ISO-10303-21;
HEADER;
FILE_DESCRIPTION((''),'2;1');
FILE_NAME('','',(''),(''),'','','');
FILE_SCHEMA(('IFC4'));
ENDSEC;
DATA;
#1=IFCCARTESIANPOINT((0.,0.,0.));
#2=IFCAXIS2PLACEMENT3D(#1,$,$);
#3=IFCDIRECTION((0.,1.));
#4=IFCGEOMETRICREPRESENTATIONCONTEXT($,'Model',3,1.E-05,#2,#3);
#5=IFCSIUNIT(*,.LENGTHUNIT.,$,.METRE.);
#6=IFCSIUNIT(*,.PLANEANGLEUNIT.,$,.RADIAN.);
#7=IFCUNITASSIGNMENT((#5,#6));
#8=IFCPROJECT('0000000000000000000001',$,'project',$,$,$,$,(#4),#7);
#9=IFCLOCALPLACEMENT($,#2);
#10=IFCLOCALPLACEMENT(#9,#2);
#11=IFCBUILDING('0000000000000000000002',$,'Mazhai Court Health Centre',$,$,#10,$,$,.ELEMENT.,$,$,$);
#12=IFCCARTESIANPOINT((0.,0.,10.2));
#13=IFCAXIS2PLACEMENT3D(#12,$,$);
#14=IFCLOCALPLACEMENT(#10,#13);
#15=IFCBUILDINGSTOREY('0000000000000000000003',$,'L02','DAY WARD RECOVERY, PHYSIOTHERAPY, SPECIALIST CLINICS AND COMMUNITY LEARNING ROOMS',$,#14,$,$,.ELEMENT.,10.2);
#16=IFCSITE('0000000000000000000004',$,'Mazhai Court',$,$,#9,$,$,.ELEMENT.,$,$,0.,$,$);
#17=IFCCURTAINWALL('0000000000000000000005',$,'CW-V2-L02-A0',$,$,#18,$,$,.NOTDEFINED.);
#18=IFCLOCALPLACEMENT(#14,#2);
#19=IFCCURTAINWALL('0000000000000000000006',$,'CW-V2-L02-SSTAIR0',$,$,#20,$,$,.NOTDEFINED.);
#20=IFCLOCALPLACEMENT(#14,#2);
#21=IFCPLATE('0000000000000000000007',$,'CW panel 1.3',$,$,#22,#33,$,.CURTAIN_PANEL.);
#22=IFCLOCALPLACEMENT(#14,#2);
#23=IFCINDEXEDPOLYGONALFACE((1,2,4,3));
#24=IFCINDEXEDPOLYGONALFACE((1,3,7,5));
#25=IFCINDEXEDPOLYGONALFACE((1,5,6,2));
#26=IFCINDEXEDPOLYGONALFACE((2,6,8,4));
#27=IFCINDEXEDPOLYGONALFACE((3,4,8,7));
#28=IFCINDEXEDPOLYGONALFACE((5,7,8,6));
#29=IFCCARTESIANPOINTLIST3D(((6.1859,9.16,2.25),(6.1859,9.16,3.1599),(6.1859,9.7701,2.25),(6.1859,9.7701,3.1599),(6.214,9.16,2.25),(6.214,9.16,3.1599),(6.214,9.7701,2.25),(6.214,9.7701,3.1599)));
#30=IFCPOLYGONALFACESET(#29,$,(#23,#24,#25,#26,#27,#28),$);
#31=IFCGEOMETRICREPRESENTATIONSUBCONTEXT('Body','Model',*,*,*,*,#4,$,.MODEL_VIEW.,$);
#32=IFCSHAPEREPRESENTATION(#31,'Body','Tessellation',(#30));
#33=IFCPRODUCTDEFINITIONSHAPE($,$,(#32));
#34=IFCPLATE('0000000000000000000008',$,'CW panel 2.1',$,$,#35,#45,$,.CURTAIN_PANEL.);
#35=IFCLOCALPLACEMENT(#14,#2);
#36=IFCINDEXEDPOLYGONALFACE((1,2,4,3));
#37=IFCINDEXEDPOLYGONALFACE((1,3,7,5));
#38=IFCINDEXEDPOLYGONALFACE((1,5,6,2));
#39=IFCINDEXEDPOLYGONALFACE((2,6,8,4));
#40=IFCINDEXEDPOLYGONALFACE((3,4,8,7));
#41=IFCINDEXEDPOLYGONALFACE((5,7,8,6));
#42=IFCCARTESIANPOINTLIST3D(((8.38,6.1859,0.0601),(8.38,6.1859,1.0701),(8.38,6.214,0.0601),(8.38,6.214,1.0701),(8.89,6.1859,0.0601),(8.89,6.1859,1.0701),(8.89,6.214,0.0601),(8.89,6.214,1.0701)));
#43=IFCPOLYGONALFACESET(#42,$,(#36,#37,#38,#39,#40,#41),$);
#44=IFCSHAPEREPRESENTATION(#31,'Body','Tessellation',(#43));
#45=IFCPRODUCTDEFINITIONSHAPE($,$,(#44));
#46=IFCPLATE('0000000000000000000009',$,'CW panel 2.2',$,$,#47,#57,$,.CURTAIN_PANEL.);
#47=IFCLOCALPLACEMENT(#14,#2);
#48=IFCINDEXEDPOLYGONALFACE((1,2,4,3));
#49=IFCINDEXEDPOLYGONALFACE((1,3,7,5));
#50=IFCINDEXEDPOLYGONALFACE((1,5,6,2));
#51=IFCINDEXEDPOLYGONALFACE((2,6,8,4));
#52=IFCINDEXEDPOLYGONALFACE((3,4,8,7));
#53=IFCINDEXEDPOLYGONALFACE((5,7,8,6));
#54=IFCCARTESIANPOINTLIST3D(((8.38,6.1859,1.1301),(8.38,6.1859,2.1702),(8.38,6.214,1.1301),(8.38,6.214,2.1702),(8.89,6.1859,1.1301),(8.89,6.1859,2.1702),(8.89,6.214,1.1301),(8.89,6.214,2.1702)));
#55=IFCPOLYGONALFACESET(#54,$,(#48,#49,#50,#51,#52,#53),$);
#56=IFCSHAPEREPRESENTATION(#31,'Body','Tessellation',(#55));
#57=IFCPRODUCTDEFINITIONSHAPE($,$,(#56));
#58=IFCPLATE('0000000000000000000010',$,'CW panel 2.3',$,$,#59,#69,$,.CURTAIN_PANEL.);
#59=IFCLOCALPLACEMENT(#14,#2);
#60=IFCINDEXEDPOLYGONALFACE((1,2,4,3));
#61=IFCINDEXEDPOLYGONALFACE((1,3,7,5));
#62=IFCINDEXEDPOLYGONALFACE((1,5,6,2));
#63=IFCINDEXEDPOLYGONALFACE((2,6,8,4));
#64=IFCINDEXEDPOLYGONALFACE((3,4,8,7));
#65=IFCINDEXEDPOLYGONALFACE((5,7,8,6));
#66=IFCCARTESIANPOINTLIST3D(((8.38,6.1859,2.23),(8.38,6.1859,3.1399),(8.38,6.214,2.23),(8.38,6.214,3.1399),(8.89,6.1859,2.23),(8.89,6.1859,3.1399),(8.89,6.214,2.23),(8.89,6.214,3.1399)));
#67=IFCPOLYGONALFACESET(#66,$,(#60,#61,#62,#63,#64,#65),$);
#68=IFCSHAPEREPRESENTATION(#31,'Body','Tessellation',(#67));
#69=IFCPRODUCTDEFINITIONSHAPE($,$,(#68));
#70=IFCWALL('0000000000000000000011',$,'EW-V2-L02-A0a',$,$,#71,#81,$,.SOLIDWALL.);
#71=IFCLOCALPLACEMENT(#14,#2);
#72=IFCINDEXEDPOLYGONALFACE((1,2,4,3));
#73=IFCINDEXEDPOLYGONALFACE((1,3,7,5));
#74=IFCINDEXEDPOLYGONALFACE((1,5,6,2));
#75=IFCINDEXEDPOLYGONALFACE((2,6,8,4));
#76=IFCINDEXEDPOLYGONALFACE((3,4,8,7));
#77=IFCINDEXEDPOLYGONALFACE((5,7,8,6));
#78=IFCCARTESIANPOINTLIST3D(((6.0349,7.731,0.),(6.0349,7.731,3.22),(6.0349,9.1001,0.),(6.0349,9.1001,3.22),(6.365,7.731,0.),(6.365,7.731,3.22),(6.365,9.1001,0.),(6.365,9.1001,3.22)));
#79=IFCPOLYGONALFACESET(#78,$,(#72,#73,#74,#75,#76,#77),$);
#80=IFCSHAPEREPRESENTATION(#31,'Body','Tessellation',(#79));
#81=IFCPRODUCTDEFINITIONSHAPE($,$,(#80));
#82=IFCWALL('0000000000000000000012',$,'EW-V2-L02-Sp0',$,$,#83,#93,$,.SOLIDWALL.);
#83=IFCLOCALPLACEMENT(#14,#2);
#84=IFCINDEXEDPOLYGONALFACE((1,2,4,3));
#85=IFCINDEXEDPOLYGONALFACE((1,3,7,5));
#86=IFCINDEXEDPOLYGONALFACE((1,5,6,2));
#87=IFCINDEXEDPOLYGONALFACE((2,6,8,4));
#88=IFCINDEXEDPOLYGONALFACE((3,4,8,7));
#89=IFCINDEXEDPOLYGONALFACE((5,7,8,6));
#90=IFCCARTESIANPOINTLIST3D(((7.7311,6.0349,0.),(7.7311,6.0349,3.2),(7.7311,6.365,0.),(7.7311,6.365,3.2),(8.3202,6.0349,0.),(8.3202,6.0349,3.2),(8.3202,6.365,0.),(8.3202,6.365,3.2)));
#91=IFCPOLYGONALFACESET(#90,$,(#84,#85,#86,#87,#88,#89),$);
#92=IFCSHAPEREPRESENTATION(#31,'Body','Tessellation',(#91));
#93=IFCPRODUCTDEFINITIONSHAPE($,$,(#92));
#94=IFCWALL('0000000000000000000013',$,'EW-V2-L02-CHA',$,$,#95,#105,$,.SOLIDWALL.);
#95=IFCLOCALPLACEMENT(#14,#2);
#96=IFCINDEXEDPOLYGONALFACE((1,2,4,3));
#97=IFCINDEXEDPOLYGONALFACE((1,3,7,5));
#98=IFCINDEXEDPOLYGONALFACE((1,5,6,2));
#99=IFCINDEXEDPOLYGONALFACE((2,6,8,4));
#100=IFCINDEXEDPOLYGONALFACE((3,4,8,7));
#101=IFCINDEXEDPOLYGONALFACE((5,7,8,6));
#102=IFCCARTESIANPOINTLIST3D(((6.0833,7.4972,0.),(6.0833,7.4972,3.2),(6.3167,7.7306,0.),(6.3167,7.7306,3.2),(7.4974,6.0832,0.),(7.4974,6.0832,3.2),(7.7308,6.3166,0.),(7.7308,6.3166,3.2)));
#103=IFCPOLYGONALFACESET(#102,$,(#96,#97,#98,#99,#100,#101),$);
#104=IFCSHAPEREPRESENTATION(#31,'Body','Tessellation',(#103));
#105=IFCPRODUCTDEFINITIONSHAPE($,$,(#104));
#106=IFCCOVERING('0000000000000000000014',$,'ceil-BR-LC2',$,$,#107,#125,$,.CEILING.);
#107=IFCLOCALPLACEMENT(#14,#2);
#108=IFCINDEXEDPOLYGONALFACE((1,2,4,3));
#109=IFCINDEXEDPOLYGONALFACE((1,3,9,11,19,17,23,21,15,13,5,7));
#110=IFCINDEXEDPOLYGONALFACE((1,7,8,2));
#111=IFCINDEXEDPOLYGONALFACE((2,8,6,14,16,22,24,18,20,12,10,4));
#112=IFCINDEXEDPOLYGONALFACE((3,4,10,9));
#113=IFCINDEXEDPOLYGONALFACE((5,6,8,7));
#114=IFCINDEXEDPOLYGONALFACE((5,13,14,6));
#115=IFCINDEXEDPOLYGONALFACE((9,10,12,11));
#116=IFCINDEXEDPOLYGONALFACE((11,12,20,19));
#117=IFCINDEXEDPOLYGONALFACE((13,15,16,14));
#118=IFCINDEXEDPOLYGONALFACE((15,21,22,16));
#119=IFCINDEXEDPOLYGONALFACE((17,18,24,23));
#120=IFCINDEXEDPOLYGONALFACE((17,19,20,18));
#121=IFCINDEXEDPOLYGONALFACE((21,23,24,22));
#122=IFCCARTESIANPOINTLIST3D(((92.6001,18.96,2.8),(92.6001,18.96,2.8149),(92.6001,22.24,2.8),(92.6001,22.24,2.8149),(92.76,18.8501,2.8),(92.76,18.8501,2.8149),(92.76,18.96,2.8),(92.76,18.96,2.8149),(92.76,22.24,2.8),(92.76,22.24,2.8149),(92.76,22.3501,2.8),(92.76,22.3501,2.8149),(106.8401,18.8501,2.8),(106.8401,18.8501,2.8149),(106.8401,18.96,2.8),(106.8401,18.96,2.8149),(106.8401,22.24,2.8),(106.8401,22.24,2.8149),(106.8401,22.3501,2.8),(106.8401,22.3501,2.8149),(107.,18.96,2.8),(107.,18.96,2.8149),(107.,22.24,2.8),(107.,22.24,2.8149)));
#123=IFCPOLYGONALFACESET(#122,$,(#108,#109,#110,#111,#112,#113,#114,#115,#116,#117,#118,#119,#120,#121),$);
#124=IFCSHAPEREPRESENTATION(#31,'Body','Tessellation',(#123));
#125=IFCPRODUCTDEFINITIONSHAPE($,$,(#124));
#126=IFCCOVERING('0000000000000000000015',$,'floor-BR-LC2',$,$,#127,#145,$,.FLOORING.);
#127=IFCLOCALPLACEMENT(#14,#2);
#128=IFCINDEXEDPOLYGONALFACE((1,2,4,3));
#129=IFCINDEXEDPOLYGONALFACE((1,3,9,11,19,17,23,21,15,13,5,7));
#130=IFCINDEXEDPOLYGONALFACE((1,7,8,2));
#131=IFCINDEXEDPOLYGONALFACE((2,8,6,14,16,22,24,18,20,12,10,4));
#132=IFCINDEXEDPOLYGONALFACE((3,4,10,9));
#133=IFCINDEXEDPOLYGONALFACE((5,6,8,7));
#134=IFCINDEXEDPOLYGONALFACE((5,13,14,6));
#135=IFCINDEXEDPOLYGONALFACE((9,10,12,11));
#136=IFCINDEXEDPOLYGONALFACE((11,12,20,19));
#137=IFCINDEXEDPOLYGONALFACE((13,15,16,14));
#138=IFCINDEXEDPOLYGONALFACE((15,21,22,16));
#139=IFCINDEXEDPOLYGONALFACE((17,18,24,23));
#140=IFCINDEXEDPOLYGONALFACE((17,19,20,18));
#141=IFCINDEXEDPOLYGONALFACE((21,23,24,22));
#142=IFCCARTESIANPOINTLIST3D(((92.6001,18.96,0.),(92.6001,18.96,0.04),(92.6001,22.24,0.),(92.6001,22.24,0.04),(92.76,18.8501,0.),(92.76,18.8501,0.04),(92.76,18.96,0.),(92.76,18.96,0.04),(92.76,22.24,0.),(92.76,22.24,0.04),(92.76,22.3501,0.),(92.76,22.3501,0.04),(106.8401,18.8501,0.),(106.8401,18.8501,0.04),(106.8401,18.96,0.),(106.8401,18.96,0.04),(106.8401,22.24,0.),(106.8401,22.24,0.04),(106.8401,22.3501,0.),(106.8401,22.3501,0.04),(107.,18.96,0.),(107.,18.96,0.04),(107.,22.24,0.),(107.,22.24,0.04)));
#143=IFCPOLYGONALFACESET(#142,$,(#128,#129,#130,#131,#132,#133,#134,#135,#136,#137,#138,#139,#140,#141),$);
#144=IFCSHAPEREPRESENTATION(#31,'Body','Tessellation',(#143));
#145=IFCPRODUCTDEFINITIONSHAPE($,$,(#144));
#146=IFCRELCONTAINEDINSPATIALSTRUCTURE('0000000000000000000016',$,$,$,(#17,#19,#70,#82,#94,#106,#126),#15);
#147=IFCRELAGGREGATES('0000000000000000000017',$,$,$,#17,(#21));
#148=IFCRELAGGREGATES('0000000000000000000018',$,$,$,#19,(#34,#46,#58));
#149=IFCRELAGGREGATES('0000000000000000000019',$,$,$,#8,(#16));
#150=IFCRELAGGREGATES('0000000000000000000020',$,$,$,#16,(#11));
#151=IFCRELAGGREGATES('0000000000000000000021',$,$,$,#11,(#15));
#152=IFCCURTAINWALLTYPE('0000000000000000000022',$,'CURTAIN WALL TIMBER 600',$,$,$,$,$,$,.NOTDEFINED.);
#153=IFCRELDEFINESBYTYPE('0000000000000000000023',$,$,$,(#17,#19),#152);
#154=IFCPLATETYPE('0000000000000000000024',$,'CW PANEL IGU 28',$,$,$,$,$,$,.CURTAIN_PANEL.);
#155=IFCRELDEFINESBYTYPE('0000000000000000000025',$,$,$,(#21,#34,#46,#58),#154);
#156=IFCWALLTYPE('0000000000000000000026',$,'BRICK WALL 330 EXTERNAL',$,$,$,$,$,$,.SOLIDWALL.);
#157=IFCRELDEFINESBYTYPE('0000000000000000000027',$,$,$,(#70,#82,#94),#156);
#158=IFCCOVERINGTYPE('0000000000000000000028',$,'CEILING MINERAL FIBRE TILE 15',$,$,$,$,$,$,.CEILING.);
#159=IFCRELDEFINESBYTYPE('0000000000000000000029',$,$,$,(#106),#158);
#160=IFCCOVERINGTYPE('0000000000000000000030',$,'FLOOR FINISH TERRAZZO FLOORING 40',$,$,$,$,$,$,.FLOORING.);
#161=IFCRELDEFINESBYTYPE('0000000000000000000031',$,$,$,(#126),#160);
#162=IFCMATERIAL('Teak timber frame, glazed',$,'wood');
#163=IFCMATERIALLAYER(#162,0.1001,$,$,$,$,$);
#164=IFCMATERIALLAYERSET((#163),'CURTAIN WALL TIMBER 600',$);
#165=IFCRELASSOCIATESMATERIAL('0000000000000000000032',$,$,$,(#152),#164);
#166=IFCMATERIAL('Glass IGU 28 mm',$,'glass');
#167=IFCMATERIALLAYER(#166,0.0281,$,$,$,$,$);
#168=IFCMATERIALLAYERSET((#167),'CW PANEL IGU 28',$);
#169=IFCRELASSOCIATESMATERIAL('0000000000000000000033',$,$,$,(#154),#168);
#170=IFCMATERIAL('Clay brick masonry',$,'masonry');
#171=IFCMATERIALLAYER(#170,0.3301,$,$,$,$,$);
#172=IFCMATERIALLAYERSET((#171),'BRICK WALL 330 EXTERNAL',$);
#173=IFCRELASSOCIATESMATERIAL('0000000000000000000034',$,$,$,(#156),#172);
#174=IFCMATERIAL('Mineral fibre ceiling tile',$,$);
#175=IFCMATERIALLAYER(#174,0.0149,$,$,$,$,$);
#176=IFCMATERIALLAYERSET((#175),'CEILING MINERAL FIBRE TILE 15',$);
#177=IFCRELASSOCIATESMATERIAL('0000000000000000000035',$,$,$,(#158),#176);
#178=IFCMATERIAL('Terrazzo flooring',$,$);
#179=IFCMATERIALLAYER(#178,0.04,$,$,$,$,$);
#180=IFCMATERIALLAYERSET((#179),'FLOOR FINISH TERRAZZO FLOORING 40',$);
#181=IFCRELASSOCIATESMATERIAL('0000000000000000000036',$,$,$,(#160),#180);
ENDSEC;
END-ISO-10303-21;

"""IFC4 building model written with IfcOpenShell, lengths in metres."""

from ifc_helpers import new_model, si_unit, direction, frame, frame_2d, origin, origin_2d, place, context, subcontext, project, spatial, polyline, rectangle, outline, extrude, material, layer, layer_set, type_object, element, aggregate, save


model = new_model("IFC4")

# Units and contexts
model_context = context("Model", 3, precision=1e-05, world=origin(), true_north=direction((0.0, 1.0)))
body_context = subcontext(model_context, "Body", "Model", "MODEL_VIEW")
ifc_project = project(units=[si_unit("LENGTHUNIT", "METRE"), si_unit("PLANEANGLEUNIT", "RADIAN")], contexts=[model_context])

# Site, building, storey
site_placement = place(None, origin())
site = spatial("IfcSite", under=ifc_project, at=site_placement, Name="Mazhai Court", CompositionType="ELEMENT", RefElevation=0.0)
building_placement = place(site_placement, origin())
building = spatial("IfcBuilding", under=site, at=building_placement, Name="Mazhai Court Health Centre", CompositionType="ELEMENT")
storey_placement = place(building_placement, frame((0.0, 0.0, 10.2)))
storey = spatial("IfcBuildingStorey", under=building, at=storey_placement, Name="L02", Description="DAY WARD RECOVERY, PHYSIOTHERAPY, SPECIALIST CLINICS AND COMMUNITY LEARNING ROOMS", CompositionType="ELEMENT", Elevation=10.2)

# Curtain wall
ifc_material_1 = material(Name="Teak timber frame, glazed", Category="wood")
ifc_layer_1 = layer(ifc_material_1, 0.1001)
ifc_layer_set_1 = layer_set([ifc_layer_1], Name="CURTAIN WALL TIMBER 600")
curtain_wall_type = type_object("IfcCurtainWallType", Name="CURTAIN WALL TIMBER 600", PredefinedType="NOTDEFINED", material=ifc_layer_set_1)
curtain_wall_1_placement = place(storey_placement, origin())
curtain_wall_1 = element("IfcCurtainWall", 1, at=curtain_wall_1_placement, inside=storey, type_object=curtain_wall_type, Name="CW-V2-L02-A0", PredefinedType="NOTDEFINED")

# Curtain wall
curtain_wall_2_placement = place(storey_placement, origin())
curtain_wall_2 = element("IfcCurtainWall", 2, at=curtain_wall_2_placement, inside=storey, type_object=curtain_wall_type, Name="CW-V2-L02-SSTAIR0", PredefinedType="NOTDEFINED")

# Plates
ifc_material_2 = material(Name="Glass IGU 28 mm", Category="glass")
ifc_layer_2 = layer(ifc_material_2, 0.0281)
ifc_layer_set_2 = layer_set([ifc_layer_2], Name="CW PANEL IGU 28")
plate_type = type_object("IfcPlateType", Name="CW PANEL IGU 28", PredefinedType="CURTAIN_PANEL", material=ifc_layer_set_2)
plate_1_placement = place(storey_placement, frame((6.2, 9.4651, 2.25), z_axis=(0.0, 0.0, 1.0), x_axis=(0.0, 1.0, 0.0)))
plate_1 = element("IfcPlate", 3, at=plate_1_placement, type_object=plate_type, Name="CW panel 1.3", PredefinedType="CURTAIN_PANEL", context=body_context, shape_type="SweptSolid", body=[
    extrude(rectangle(XDim=0.6101, YDim=0.0281, at=origin_2d()), origin(), (0.0, 0.0, 1.0), 0.9099),
])
aggregate(curtain_wall_1, [plate_1])
plate_2_placement = place(storey_placement, frame((8.635, 6.2, 0.0601), z_axis=(0.0, 0.0, 1.0), x_axis=(-1.0, 0.0, 0.0)))
plate_2 = element("IfcPlate", 4, at=plate_2_placement, type_object=plate_type, Name="CW panel 2.1", PredefinedType="CURTAIN_PANEL", context=body_context, shape_type="SweptSolid", body=[
    extrude(rectangle(XDim=0.51, YDim=0.0281, at=origin_2d()), origin(), (0.0, 0.0, 1.0), 1.01),
])
plate_3_placement = place(storey_placement, frame((8.635, 6.2, 1.1301), z_axis=(0.0, 0.0, 1.0), x_axis=(-1.0, 0.0, 0.0)))
plate_3 = element("IfcPlate", 5, at=plate_3_placement, type_object=plate_type, Name="CW panel 2.2", PredefinedType="CURTAIN_PANEL", context=body_context, shape_type="SweptSolid", body=[
    extrude(rectangle(XDim=0.51, YDim=0.0281, at=origin_2d()), origin(), (0.0, 0.0, 1.0), 1.04),
])
plate_4_placement = place(storey_placement, frame((8.635, 6.2, 2.23), z_axis=(0.0, 0.0, 1.0), x_axis=(-1.0, 0.0, 0.0)))
plate_4 = element("IfcPlate", 6, at=plate_4_placement, type_object=plate_type, Name="CW panel 2.3", PredefinedType="CURTAIN_PANEL", context=body_context, shape_type="SweptSolid", body=[
    extrude(rectangle(XDim=0.51, YDim=0.0281, at=origin_2d()), origin(), (0.0, 0.0, 1.0), 0.9099),
])
aggregate(curtain_wall_2, [plate_2, plate_3, plate_4])

# Walls
ifc_material_3 = material(Name="Clay brick masonry", Category="masonry")
ifc_layer_3 = layer(ifc_material_3, 0.3301)
ifc_layer_set_3 = layer_set([ifc_layer_3], Name="BRICK WALL 330 EXTERNAL")
wall_type = type_object("IfcWallType", Name="BRICK WALL 330 EXTERNAL", PredefinedType="SOLIDWALL", material=ifc_layer_set_3)
wall_1_placement = place(storey_placement, frame((6.2, 7.731, 0.0), z_axis=(0.0, 0.0, 1.0), x_axis=(0.0, 1.0, 0.0)))
element("IfcWall", 7, at=wall_1_placement, inside=storey, type_object=wall_type, Name="EW-V2-L02-A0a", PredefinedType="SOLIDWALL", context=body_context, shape_type="SweptSolid", body=[
    extrude(rectangle(XDim=1.3691, YDim=0.3301, at=frame_2d((0.6846, 0.0))), origin(), (0.0, 0.0, 1.0), 3.22),
])
wall_2_placement = place(storey_placement, frame((8.3201, 6.2, 0.0), z_axis=(0.0, 0.0, 1.0), x_axis=(-1.0, 0.0, 0.0)))
element("IfcWall", 8, at=wall_2_placement, inside=storey, type_object=wall_type, Name="EW-V2-L02-Sp0", PredefinedType="SOLIDWALL", context=body_context, shape_type="SweptSolid", body=[
    extrude(rectangle(XDim=0.5891, YDim=0.3301, at=frame_2d((0.2944, 0.0))), origin(), (0.0, 0.0, 1.0), 3.2),
])
wall_3_placement = place(storey_placement, frame((6.2, 7.614, 0.0), z_axis=(0.0, 0.0, 1.0), x_axis=(0.707107, -0.707107, 0.0)))
element("IfcWall", 9, at=wall_3_placement, inside=storey, type_object=wall_type, Name="EW-V2-L02-CHA", PredefinedType="SOLIDWALL", context=body_context, shape_type="SweptSolid", body=[
    extrude(rectangle(XDim=1.9998, YDim=0.3301, at=frame_2d((1.0, 0.0))), origin(), (0.0, 0.0, 1.0), 3.2),
])

# Coverings
ifc_material_4 = material(Name="Mineral fibre ceiling tile")
ifc_layer_4 = layer(ifc_material_4, 0.0149)
ifc_layer_set_4 = layer_set([ifc_layer_4], Name="CEILING MINERAL FIBRE TILE 15")
covering_type_1 = type_object("IfcCoveringType", Name="CEILING MINERAL FIBRE TILE 15", PredefinedType="CEILING", material=ifc_layer_set_4)
covering_1_placement = place(storey_placement, frame((0.0, 0.0, 2.8)))
element("IfcCovering", 10, at=covering_1_placement, inside=storey, type_object=covering_type_1, Name="ceil-BR-LC2", PredefinedType="CEILING", context=body_context, shape_type="SweptSolid", body=[
    extrude(outline(polyline([(107.0, 18.96), (106.8401, 18.96), (106.8401, 18.8501), (92.76, 18.8501), (92.76, 18.96), (92.6001, 18.96), (92.6001, 22.24), (92.76, 22.24), (92.76, 22.3501), (106.8401, 22.3501), (106.8401, 22.24), (107.0, 22.24), (107.0, 18.96)])), origin(), (0.0, 0.0, 1.0), 0.0149),
])
ifc_material_5 = material(Name="Terrazzo flooring")
ifc_layer_5 = layer(ifc_material_5, 0.04)
ifc_layer_set_5 = layer_set([ifc_layer_5], Name="FLOOR FINISH TERRAZZO FLOORING 40")
covering_type_2 = type_object("IfcCoveringType", Name="FLOOR FINISH TERRAZZO FLOORING 40", PredefinedType="FLOORING", material=ifc_layer_set_5)
covering_2_placement = place(storey_placement, origin())
element("IfcCovering", 11, at=covering_2_placement, inside=storey, type_object=covering_type_2, Name="floor-BR-LC2", PredefinedType="FLOORING", context=body_context, shape_type="SweptSolid", body=[
    extrude(outline(polyline([(107.0, 18.96), (106.8401, 18.96), (106.8401, 18.8501), (92.76, 18.8501), (92.76, 18.96), (92.6001, 18.96), (92.6001, 22.24), (92.76, 22.24), (92.76, 22.3501), (106.8401, 22.3501), (106.8401, 22.24), (107.0, 22.24), (107.0, 18.96)])), origin(), (0.0, 0.0, 1.0), 0.04),
])

save(model, "model.ifc")
